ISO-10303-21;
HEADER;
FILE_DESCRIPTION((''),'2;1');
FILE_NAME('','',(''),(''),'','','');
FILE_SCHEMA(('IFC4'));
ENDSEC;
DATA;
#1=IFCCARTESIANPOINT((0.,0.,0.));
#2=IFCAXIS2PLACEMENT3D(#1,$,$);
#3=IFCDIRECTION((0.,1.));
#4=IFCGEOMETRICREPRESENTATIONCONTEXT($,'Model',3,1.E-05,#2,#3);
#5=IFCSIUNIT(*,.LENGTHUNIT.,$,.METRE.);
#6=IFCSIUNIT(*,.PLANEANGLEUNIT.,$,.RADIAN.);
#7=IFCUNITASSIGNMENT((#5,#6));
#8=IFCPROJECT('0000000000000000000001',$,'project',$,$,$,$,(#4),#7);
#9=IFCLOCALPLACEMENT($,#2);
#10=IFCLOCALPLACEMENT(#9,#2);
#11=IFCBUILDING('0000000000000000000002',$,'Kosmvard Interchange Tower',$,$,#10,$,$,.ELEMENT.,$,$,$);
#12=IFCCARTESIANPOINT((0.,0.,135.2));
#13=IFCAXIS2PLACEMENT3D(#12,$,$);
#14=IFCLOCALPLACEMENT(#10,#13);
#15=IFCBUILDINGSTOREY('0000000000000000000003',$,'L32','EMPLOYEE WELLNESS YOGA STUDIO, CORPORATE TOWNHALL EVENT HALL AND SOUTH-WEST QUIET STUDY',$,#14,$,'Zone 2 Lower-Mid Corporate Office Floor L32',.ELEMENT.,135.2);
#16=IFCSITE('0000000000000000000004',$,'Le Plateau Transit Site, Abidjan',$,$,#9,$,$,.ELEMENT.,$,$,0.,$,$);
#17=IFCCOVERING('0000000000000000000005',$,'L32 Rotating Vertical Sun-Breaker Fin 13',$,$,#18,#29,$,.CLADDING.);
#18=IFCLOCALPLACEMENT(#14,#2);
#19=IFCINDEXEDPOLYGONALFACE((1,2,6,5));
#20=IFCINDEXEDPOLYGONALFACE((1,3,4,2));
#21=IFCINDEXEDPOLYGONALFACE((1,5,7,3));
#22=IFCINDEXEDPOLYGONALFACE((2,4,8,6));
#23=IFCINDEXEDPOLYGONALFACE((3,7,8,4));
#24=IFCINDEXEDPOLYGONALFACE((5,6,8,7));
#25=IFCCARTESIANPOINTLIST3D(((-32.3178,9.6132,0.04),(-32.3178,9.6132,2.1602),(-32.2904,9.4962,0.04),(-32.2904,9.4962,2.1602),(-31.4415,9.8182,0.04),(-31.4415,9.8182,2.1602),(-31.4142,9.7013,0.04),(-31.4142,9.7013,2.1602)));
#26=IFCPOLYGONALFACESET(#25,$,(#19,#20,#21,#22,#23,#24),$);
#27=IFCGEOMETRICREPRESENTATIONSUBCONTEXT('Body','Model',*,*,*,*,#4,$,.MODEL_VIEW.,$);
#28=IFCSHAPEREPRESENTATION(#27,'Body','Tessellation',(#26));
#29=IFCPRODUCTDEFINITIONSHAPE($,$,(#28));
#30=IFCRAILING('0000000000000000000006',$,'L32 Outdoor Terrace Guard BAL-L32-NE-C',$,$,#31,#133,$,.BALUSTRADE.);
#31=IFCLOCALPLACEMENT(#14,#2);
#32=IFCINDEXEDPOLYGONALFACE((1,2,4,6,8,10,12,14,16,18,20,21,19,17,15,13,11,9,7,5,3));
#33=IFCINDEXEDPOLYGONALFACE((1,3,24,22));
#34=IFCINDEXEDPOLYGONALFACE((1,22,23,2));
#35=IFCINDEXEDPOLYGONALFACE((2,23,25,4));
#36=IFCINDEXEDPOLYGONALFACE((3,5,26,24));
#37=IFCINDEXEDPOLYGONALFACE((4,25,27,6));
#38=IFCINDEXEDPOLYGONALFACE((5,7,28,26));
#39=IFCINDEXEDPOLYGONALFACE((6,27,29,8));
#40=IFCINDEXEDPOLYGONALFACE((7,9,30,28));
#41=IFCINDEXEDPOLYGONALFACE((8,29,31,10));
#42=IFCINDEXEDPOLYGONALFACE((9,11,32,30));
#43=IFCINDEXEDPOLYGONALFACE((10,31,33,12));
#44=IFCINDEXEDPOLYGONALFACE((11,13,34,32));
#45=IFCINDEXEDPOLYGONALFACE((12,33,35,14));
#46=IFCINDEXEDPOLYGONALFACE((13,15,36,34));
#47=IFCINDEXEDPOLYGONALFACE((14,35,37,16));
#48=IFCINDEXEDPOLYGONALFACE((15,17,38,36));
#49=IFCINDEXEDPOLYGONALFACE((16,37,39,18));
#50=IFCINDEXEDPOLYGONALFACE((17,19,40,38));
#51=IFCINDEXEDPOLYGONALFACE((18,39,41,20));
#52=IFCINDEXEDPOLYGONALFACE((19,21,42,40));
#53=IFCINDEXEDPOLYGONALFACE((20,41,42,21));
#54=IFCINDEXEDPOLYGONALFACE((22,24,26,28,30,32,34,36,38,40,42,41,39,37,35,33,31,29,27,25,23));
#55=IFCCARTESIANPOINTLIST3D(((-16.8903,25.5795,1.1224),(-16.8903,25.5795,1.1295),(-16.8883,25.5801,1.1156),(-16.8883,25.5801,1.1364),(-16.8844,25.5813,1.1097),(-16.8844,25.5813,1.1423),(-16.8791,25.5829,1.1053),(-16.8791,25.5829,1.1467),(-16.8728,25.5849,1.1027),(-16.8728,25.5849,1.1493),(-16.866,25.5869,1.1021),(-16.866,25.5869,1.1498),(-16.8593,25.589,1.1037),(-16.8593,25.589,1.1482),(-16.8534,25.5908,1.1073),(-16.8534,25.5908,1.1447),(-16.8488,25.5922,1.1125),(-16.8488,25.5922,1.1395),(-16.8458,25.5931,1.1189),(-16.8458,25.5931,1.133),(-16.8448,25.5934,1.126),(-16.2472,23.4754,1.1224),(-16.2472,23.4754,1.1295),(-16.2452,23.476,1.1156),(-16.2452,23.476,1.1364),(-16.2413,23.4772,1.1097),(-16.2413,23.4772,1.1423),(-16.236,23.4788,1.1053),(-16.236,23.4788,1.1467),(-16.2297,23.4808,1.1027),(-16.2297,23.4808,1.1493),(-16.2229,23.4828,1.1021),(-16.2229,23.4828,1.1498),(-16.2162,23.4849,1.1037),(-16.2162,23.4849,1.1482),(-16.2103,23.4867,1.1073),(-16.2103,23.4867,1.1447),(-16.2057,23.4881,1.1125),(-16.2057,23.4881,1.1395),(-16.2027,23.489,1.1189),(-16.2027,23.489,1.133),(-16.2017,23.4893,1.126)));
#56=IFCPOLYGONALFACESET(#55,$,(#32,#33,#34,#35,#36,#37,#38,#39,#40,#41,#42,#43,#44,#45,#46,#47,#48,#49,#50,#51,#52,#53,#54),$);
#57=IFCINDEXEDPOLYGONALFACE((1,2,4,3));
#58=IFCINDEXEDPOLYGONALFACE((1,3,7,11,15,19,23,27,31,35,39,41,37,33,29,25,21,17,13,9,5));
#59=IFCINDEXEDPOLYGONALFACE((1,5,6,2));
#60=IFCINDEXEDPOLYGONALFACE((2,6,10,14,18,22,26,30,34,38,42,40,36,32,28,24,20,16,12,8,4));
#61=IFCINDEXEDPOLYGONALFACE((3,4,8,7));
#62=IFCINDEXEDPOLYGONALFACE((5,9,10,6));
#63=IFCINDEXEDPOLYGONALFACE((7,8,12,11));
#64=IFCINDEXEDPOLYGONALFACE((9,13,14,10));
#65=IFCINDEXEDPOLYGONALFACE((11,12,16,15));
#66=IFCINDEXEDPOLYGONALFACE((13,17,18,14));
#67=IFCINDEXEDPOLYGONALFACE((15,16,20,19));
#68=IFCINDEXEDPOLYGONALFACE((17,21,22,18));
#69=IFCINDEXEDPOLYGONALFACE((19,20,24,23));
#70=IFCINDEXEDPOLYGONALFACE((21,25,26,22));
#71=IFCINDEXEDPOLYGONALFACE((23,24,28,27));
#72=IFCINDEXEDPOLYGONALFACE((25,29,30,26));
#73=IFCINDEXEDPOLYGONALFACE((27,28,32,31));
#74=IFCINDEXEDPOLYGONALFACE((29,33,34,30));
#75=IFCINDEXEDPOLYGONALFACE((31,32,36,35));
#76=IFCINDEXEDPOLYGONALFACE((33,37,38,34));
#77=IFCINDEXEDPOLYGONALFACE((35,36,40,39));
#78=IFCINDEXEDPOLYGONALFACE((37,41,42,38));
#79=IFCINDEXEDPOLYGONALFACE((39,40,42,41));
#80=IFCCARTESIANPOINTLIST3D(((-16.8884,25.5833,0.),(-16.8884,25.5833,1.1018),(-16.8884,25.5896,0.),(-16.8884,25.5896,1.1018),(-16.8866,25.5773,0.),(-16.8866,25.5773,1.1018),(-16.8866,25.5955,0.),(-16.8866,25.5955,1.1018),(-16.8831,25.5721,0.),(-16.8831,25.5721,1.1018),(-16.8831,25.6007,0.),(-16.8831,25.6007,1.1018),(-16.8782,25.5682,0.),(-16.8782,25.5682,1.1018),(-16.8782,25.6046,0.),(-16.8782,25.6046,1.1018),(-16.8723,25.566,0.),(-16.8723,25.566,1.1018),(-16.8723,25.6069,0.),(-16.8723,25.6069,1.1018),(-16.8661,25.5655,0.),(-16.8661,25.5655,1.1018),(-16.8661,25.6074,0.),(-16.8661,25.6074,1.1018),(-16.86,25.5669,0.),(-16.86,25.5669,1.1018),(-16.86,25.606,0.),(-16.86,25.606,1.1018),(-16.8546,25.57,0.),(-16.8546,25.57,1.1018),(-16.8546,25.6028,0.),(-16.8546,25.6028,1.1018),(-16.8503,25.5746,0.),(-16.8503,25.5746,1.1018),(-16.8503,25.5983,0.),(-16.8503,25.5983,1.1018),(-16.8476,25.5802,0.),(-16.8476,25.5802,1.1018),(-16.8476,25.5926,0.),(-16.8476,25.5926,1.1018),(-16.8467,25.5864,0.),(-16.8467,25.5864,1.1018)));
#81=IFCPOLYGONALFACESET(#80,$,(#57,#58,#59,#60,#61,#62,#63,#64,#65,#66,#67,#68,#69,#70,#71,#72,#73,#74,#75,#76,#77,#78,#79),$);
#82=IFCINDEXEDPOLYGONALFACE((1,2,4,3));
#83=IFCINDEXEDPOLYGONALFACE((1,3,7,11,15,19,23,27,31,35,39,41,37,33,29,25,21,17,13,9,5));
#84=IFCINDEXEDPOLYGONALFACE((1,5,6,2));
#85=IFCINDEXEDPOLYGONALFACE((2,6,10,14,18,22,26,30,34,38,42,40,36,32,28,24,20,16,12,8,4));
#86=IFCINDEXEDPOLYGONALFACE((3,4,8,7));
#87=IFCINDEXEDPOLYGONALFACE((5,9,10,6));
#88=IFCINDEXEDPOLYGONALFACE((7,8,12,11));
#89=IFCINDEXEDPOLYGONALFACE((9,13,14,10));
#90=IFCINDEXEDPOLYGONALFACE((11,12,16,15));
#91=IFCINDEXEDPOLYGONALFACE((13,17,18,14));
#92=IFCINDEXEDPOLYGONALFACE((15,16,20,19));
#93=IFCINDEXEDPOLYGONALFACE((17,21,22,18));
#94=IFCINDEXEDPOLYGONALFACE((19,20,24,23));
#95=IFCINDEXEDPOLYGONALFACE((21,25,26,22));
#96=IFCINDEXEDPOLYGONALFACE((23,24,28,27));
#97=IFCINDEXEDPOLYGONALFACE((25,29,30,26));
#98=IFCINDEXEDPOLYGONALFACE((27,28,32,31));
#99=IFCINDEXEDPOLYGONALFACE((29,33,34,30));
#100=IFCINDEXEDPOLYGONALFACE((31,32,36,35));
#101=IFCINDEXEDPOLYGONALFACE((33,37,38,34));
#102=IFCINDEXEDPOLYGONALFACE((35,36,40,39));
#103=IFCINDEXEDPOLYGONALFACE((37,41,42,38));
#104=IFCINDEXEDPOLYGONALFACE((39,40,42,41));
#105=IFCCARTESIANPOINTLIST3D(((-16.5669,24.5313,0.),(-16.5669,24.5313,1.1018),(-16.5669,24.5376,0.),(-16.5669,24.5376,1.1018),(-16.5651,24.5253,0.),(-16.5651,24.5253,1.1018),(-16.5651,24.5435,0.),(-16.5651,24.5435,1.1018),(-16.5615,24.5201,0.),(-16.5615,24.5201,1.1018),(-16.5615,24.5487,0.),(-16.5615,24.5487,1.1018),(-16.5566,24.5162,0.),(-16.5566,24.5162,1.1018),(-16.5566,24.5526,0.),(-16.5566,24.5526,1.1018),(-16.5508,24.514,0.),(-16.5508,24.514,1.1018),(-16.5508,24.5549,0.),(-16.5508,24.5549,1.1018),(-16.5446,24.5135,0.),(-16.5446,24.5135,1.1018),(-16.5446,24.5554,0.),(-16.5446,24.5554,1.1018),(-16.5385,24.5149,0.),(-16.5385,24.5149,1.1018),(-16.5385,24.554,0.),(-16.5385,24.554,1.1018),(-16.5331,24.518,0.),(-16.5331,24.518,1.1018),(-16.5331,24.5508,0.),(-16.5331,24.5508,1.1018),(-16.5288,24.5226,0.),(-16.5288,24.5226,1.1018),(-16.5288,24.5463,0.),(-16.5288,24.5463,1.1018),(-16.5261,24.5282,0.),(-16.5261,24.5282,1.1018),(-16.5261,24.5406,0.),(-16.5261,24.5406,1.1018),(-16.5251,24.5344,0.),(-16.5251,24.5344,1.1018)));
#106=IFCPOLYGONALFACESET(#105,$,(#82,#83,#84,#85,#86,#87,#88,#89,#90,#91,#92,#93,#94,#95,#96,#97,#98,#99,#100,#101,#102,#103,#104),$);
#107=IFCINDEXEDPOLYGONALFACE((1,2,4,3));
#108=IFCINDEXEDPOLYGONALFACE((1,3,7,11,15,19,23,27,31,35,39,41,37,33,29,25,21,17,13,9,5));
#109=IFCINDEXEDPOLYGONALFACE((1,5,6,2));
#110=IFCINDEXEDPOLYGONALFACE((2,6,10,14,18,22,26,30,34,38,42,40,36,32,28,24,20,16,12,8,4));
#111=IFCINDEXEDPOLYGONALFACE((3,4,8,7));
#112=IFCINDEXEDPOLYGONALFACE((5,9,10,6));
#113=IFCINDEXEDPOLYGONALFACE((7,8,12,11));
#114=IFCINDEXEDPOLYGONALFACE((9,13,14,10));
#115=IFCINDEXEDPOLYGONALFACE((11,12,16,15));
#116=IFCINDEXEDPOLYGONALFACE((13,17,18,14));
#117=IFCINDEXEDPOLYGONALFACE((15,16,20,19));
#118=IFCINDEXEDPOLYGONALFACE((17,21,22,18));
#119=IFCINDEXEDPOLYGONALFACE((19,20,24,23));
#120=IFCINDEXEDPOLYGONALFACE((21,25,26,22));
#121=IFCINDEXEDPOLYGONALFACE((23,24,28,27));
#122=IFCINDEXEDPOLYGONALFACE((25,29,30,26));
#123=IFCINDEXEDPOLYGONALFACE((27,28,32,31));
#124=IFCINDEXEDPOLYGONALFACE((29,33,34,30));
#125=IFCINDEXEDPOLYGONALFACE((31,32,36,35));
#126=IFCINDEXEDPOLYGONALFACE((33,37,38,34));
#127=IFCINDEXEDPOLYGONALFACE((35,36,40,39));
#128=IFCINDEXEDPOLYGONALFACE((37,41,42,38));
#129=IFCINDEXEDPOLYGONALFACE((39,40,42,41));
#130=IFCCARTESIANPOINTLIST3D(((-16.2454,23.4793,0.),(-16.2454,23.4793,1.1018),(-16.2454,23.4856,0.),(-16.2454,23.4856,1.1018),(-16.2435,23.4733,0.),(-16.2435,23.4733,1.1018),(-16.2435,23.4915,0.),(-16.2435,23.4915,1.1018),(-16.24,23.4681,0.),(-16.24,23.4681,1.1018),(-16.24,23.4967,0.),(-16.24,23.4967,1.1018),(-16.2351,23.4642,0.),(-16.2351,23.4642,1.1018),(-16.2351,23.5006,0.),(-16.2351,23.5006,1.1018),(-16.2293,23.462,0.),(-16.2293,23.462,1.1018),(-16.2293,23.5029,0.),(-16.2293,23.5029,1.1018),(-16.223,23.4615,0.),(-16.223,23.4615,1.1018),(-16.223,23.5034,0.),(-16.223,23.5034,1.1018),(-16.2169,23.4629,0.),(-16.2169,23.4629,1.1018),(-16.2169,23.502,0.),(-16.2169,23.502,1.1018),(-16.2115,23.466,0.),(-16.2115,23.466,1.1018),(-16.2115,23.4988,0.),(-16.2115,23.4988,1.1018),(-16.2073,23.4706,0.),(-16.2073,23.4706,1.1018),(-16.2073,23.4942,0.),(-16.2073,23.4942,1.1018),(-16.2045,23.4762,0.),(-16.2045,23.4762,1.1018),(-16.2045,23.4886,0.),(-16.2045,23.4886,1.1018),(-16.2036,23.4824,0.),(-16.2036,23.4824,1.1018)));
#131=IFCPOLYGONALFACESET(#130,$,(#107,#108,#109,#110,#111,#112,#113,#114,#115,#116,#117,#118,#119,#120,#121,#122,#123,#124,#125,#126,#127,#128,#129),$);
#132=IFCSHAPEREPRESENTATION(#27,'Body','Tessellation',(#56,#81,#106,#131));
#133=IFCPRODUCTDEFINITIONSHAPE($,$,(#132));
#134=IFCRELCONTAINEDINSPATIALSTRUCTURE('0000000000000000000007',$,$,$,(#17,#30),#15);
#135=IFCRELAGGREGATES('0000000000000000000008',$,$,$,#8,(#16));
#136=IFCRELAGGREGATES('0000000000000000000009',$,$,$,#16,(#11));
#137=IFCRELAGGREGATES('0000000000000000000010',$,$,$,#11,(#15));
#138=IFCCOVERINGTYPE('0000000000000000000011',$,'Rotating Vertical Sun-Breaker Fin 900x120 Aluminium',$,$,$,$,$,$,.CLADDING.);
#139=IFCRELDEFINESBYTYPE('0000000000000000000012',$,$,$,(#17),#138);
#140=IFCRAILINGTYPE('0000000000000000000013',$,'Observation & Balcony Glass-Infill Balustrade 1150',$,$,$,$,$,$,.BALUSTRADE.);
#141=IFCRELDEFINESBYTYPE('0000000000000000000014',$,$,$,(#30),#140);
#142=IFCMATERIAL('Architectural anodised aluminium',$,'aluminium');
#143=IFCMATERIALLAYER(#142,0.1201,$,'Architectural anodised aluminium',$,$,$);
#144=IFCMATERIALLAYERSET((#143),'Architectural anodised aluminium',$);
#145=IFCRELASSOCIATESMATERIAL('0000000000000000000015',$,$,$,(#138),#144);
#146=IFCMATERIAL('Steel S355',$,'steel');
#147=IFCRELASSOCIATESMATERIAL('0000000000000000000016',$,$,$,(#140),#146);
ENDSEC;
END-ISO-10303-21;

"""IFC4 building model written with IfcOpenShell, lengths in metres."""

from ifc_helpers import new_model, si_unit, direction, frame, origin, origin_2d, place, context, subcontext, project, spatial, rectangle, circle, extrude, source, transform, mapped, material, layer, layer_set, type_object, element, save


model = new_model("IFC4")

# Units and contexts
model_context = context("Model", 3, precision=1e-05, world=origin(), true_north=direction((0.0, 1.0)))
body_context = subcontext(model_context, "Body", "Model", "MODEL_VIEW")
ifc_project = project(units=[si_unit("LENGTHUNIT", "METRE"), si_unit("PLANEANGLEUNIT", "RADIAN")], contexts=[model_context])

# Site, building, storey
site_placement = place(None, origin())
site = spatial("IfcSite", under=ifc_project, at=site_placement, Name="Le Plateau Transit Site, Abidjan", CompositionType="ELEMENT", RefElevation=0.0)
building_placement = place(site_placement, origin())
building = spatial("IfcBuilding", under=site, at=building_placement, Name="Kosmvard Interchange Tower", CompositionType="ELEMENT")
storey_placement = place(building_placement, frame((0.0, 0.0, 135.2)))
storey = spatial("IfcBuildingStorey", under=building, at=storey_placement, Name="L32", Description="EMPLOYEE WELLNESS YOGA STUDIO, CORPORATE TOWNHALL EVENT HALL AND SOUTH-WEST QUIET STUDY", LongName="Zone 2 Lower-Mid Corporate Office Floor L32", CompositionType="ELEMENT", Elevation=135.2)

# Shared definitions
ifc_material_1 = material(Name="Steel S355", Category="steel")

# Covering
ifc_material_2 = material(Name="Architectural anodised aluminium", Category="aluminium")
ifc_layer_1 = layer(ifc_material_2, 0.1201, Name="Architectural anodised aluminium")
ifc_layer_set_1 = layer_set([ifc_layer_1], Name="Architectural anodised aluminium")
covering_type = type_object("IfcCoveringType", Name="Rotating Vertical Sun-Breaker Fin 900x120 Aluminium", PredefinedType="CLADDING", material=ifc_layer_set_1)
shared_shape_1 = source(origin(), body_context, "Body", "SweptSolid", [
    extrude(rectangle(XDim=0.8999, YDim=0.1201, at=origin_2d()), origin(), (0.0, 0.0, 1.0), 2.1201),
])
for number, where, z_axis, x_axis, name in (
    (1, (-31.866, 9.6572, 0.04), (0.0, 0.0, 1.0), (-0.973698, -0.227841, 0.0), "L32 Rotating Vertical Sun-Breaker Fin 13"),
):
    element("IfcCovering", number, at=place(storey_placement, frame(where, z_axis=z_axis, x_axis=x_axis)), inside=storey, type_object=covering_type, Name=name, PredefinedType="CLADDING", context=body_context, shape_type="MappedRepresentation", body=[
        mapped(shared_shape_1, transform((0.0, 0.0, 0.0), scale=1.0)),
    ])

# Railing
railing_type = type_object("IfcRailingType", Name="Observation & Balcony Glass-Infill Balustrade 1150", PredefinedType="BALUSTRADE", material=ifc_material_1)
shared_shape_2 = source(origin(), body_context, "Body", "SweptSolid", [
    extrude(circle(Radius=0.0239, at=origin_2d()), frame((0.0, 0.0, 1.126), z_axis=(0.292292, -0.956329, 0.0), x_axis=(0.956329, 0.292292, 0.0)), (0.0, 0.0, 1.0), 2.2002),
    extrude(circle(Radius=0.021, at=origin_2d()), origin(), (0.0, 0.0, 1.0), 1.1018),
    extrude(circle(Radius=0.021, at=origin_2d()), frame((0.3215, -1.052, 0.0)), (0.0, 0.0, 1.0), 1.1018),
    extrude(circle(Radius=0.021, at=origin_2d()), frame((0.6431, -2.104, 0.0)), (0.0, 0.0, 1.0), 1.1018),
])
railing_placement = place(storey_placement, frame((-16.8677, 25.5864, 0.0)))
element("IfcRailing", 2, at=railing_placement, inside=storey, type_object=railing_type, Name="L32 Outdoor Terrace Guard BAL-L32-NE-C", PredefinedType="BALUSTRADE", context=body_context, shape_type="MappedRepresentation", body=[
    mapped(shared_shape_2, transform((0.0, 0.0, 0.0), scale=1.0)),
])

save(model, "model.ifc")
